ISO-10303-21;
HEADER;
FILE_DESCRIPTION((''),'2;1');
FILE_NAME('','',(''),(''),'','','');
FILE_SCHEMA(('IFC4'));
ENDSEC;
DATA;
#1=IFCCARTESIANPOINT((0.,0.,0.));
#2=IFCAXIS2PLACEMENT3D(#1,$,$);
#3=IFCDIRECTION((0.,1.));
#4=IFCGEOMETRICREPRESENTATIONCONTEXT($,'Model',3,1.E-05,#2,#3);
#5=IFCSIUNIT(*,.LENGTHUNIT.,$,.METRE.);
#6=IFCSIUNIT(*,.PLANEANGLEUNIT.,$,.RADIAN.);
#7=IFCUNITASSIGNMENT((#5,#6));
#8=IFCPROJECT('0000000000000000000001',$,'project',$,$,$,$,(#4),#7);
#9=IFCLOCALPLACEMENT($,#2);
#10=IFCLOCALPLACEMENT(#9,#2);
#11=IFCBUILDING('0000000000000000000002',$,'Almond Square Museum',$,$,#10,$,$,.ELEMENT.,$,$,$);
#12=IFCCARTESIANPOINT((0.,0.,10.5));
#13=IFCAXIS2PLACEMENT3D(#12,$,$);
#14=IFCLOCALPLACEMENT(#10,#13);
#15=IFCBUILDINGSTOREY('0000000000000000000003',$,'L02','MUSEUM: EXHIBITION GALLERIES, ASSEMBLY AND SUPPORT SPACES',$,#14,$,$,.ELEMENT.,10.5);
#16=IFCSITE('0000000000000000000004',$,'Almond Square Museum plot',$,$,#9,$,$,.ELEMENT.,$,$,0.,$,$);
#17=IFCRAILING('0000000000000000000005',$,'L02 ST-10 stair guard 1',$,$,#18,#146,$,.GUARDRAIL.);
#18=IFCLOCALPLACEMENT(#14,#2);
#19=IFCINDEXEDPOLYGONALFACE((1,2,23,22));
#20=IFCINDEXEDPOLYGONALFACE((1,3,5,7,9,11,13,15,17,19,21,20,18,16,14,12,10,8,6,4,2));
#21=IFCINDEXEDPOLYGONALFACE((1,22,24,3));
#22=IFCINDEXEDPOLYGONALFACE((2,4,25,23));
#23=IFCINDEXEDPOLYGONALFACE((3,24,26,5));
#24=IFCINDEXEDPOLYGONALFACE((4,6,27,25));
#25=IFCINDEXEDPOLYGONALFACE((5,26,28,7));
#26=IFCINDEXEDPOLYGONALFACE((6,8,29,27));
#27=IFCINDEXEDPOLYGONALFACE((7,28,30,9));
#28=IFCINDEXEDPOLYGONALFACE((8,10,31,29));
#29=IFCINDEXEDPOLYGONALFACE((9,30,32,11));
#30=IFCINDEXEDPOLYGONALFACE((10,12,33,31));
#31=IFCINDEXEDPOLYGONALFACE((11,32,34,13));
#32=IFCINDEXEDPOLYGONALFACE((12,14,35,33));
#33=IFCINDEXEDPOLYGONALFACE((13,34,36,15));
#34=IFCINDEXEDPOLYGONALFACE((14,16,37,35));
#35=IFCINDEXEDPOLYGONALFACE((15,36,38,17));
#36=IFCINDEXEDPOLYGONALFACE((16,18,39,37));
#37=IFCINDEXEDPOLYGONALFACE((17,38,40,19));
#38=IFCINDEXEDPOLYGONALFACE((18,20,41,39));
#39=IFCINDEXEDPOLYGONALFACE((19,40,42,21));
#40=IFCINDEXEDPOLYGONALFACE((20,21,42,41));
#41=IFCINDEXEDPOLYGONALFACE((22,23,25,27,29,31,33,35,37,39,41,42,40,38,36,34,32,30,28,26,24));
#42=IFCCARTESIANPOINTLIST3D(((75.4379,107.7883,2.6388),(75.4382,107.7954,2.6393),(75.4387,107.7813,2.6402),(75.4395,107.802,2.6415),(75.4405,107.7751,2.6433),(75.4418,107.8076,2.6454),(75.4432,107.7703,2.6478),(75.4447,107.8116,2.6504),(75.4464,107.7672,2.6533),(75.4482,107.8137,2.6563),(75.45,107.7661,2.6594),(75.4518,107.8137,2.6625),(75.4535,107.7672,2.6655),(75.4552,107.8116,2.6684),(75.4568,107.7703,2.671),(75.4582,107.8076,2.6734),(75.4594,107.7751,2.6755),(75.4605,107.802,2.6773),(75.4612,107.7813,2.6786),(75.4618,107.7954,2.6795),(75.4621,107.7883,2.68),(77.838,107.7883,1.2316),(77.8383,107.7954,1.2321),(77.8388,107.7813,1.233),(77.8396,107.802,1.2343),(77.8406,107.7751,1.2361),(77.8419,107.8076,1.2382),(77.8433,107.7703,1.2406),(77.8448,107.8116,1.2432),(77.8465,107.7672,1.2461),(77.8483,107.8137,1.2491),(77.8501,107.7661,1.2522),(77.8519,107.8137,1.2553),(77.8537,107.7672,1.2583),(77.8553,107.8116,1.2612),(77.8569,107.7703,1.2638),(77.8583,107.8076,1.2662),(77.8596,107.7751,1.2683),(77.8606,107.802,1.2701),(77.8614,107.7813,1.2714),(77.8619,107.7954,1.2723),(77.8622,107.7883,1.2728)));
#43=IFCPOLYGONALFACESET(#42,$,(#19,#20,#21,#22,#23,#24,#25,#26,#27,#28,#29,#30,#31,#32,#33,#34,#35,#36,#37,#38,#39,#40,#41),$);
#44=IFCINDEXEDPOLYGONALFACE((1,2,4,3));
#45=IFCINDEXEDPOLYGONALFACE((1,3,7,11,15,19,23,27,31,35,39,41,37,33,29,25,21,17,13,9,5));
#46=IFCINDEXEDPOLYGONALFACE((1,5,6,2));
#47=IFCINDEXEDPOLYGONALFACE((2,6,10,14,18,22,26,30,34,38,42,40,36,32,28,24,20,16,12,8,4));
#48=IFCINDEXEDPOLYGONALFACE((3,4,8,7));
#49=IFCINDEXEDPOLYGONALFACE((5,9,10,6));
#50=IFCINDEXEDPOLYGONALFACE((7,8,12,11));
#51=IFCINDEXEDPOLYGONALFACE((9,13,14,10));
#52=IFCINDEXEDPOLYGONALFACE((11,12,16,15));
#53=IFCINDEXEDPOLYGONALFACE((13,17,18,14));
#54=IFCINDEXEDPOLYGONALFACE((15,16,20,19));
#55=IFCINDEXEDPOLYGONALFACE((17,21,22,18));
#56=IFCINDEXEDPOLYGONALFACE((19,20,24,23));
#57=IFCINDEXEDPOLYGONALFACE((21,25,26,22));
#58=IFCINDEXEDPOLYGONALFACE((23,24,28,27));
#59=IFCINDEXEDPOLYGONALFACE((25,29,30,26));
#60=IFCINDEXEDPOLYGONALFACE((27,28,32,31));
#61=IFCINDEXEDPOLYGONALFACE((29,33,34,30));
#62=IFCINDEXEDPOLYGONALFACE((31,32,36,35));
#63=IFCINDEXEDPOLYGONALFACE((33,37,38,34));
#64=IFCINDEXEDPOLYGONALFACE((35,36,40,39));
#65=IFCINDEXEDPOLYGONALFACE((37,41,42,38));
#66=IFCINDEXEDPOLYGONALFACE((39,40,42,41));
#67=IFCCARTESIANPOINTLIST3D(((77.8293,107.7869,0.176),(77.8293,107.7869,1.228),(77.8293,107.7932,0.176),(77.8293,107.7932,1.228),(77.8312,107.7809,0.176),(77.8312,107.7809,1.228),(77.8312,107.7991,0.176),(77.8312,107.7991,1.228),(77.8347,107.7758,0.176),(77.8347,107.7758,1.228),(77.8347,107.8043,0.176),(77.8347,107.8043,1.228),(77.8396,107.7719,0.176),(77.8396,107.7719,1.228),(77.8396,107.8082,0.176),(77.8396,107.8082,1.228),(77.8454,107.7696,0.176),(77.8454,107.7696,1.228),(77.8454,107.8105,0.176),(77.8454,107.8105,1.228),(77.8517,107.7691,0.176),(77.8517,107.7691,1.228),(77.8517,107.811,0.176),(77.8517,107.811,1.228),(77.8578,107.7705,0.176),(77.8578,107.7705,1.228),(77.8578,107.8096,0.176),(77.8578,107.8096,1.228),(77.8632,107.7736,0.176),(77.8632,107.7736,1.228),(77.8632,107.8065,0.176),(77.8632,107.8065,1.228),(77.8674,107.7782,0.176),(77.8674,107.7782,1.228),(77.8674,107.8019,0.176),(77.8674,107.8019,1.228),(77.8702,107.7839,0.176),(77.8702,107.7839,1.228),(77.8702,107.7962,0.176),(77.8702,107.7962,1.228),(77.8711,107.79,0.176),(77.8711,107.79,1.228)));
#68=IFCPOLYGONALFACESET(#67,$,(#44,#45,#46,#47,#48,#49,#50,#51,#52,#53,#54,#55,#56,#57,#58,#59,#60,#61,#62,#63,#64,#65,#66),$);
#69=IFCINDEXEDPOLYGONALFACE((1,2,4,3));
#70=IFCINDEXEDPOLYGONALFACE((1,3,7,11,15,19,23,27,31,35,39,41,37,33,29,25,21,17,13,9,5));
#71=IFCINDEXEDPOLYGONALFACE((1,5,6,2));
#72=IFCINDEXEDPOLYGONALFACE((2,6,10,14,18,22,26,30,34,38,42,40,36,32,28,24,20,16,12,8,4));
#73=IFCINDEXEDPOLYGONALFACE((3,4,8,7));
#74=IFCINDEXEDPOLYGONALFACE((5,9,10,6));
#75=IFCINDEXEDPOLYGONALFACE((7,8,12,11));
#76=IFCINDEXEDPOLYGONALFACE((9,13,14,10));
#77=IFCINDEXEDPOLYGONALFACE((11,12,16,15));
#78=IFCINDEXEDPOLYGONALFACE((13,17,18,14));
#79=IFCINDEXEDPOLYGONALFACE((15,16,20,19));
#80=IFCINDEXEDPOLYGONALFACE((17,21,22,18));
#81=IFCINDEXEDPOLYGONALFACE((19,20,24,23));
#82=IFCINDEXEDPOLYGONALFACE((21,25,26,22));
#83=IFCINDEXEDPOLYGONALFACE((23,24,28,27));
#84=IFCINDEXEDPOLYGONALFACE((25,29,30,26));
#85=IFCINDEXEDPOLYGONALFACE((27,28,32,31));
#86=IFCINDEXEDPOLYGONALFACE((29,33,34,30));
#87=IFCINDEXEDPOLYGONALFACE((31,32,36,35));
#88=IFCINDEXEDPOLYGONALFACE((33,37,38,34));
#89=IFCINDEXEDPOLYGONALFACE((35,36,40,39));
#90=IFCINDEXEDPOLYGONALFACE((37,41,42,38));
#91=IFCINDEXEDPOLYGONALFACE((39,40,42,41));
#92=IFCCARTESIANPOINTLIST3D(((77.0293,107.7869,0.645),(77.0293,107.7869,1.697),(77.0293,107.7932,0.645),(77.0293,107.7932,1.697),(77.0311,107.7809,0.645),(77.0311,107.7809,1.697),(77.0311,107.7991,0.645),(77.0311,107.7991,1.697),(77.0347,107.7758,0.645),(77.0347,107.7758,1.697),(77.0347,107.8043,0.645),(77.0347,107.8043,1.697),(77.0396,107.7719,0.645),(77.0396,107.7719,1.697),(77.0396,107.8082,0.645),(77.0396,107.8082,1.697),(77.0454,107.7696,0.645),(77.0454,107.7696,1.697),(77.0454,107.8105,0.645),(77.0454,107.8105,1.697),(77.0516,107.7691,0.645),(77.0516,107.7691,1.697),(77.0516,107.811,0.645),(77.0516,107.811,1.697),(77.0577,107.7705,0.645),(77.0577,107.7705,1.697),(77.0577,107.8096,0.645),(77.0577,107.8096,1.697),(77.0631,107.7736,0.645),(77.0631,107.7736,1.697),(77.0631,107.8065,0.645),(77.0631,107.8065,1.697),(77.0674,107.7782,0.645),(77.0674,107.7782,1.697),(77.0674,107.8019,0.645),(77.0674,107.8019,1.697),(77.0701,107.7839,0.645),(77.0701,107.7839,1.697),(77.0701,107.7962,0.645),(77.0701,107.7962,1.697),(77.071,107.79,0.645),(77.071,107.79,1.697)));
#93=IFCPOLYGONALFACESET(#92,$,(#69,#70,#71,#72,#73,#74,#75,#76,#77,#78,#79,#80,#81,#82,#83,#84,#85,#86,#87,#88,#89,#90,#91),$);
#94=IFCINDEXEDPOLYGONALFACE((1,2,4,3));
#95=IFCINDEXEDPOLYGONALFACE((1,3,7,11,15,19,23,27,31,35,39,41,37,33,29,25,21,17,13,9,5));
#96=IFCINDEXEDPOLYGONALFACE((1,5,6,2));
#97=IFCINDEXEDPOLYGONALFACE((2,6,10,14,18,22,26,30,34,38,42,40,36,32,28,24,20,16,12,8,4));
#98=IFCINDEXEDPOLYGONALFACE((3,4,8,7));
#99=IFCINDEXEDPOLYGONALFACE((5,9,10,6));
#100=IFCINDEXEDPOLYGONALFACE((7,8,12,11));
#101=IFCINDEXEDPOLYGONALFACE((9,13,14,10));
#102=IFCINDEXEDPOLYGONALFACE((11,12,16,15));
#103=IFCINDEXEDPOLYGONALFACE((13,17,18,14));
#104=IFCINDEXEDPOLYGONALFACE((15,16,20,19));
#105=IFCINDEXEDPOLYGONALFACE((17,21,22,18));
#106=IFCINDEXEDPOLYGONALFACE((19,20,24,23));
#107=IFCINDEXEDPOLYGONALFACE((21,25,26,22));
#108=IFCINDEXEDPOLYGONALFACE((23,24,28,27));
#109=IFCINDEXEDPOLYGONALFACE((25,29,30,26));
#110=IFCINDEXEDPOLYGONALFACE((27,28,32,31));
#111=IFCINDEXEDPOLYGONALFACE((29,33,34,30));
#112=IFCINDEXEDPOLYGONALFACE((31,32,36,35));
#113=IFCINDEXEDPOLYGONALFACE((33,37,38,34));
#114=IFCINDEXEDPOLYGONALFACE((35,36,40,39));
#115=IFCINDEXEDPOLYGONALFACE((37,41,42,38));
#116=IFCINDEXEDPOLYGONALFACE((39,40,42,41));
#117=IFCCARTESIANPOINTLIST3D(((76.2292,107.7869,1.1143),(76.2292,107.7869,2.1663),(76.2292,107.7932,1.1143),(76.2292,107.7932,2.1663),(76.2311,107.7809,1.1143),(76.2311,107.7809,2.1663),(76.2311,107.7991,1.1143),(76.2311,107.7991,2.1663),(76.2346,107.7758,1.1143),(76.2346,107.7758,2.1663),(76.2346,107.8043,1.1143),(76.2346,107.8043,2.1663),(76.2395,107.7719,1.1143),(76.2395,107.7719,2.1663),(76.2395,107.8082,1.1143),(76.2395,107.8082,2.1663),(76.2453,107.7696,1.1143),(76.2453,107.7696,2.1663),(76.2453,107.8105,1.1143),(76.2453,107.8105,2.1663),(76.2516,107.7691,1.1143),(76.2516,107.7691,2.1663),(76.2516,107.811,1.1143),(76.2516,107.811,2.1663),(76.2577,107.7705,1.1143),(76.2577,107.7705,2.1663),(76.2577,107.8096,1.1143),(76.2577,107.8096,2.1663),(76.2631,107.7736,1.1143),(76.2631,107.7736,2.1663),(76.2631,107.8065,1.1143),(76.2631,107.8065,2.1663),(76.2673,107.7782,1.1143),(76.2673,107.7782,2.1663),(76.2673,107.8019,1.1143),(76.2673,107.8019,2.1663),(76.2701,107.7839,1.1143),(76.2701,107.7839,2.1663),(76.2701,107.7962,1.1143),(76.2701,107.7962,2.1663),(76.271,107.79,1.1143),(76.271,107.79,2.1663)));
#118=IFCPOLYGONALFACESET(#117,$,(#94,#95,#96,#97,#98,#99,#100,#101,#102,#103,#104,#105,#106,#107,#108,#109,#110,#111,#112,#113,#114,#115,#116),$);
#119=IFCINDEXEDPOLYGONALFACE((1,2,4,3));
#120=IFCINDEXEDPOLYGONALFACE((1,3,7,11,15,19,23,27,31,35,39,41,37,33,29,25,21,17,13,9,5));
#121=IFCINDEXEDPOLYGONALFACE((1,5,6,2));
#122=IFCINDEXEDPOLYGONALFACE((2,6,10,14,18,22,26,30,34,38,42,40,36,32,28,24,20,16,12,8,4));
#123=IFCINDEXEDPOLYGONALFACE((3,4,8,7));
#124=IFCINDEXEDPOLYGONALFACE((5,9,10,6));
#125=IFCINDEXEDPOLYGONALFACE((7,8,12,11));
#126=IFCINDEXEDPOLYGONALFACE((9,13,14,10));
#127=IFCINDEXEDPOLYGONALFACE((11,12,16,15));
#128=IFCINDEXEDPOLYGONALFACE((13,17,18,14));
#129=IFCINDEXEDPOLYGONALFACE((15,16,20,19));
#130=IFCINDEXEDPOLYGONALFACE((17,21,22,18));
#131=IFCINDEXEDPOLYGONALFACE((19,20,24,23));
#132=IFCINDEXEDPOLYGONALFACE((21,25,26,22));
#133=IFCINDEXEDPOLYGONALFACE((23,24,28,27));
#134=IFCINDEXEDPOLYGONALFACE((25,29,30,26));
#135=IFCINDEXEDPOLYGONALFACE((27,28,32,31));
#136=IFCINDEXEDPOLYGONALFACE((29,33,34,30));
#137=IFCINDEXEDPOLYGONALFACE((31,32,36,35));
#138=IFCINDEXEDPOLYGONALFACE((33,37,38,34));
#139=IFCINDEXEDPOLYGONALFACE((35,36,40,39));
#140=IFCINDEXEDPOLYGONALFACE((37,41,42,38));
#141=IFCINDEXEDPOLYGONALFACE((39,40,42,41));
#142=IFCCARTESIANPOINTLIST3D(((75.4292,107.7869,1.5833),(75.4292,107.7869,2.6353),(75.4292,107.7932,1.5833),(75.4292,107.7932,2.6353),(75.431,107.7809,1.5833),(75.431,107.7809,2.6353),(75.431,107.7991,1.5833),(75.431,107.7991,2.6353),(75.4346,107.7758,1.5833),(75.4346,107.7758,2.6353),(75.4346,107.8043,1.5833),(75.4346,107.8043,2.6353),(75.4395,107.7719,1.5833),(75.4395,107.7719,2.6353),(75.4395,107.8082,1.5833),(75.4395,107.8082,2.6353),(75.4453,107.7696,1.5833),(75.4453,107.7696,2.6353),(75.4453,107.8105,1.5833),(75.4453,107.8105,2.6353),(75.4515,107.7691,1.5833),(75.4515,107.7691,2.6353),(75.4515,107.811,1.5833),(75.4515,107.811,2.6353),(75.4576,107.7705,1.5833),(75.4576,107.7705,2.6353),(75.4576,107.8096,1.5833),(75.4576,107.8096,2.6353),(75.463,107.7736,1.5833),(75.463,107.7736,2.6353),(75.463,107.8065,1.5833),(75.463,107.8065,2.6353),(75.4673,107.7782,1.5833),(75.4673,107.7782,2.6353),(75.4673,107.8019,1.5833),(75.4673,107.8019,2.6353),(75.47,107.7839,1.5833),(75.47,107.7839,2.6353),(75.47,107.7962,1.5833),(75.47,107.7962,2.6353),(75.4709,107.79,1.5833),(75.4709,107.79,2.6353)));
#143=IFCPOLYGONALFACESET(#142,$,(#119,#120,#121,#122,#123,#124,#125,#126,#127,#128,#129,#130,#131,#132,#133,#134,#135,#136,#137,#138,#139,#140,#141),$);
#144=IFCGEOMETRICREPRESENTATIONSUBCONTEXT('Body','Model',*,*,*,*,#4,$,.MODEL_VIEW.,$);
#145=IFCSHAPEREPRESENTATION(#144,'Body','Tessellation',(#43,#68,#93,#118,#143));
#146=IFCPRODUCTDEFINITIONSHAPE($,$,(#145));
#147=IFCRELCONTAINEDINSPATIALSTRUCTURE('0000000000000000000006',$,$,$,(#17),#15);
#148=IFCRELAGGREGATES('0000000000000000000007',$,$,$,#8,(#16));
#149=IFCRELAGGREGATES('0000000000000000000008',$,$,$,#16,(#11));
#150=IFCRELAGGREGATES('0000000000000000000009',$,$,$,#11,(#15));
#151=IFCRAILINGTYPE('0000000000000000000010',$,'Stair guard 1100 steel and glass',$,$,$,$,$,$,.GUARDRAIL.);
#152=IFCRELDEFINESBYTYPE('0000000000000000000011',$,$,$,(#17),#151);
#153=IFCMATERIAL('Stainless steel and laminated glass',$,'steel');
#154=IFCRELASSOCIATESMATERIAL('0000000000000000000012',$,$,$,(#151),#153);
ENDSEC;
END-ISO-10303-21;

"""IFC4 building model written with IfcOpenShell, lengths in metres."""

from ifc_helpers import new_model, si_unit, direction, frame, origin, origin_2d, place, context, subcontext, project, spatial, circle, extrude, material, type_object, element, save


model = new_model("IFC4")

# Units and contexts
model_context = context("Model", 3, precision=1e-05, world=origin(), true_north=direction((0.0, 1.0)))
body_context = subcontext(model_context, "Body", "Model", "MODEL_VIEW")
ifc_project = project(units=[si_unit("LENGTHUNIT", "METRE"), si_unit("PLANEANGLEUNIT", "RADIAN")], contexts=[model_context])

# Site, building, storey
site_placement = place(None, origin())
site = spatial("IfcSite", under=ifc_project, at=site_placement, Name="Almond Square Museum plot", CompositionType="ELEMENT", RefElevation=0.0)
building_placement = place(site_placement, origin())
building = spatial("IfcBuilding", under=site, at=building_placement, Name="Almond Square Museum", CompositionType="ELEMENT")
storey_placement = place(building_placement, frame((0.0, 0.0, 10.5)))
storey = spatial("IfcBuildingStorey", under=building, at=storey_placement, Name="L02", Description="MUSEUM: EXHIBITION GALLERIES, ASSEMBLY AND SUPPORT SPACES", CompositionType="ELEMENT", Elevation=10.5)

# Railing
ifc_material_1 = material(Name="Stainless steel and laminated glass", Category="steel")
railing_type_1 = type_object("IfcRailingType", Name="Stair guard 1100 steel and glass", PredefinedType="GUARDRAIL", material=ifc_material_1)
railing_1_placement = place(storey_placement, frame((77.8501, 107.79, 0.176)))
element("IfcRailing", 1, at=railing_1_placement, inside=storey, type_object=railing_type_1, Name="L02 ST-10 stair guard 1", PredefinedType="GUARDRAIL", context=body_context, shape_type="SweptSolid", body=[
    extrude(circle(Radius=0.0239, at=origin_2d()), frame((0.0, 0.0, 1.0762), z_axis=(-0.86266, 0.0, 0.505785), x_axis=(0.0, -1.0, 0.0)), (0.0, 0.0, 1.0), 2.7822),
    extrude(circle(Radius=0.021, at=origin_2d()), origin(), (0.0, 0.0, 1.0), 1.052),
    extrude(circle(Radius=0.021, at=origin_2d()), frame((-0.8, 0.0, 0.469)), (0.0, 0.0, 1.0), 1.052),
    extrude(circle(Radius=0.021, at=origin_2d()), frame((-1.6001, 0.0, 0.9382)), (0.0, 0.0, 1.0), 1.052),
    extrude(circle(Radius=0.021, at=origin_2d()), frame((-2.4001, 0.0, 1.4072)), (0.0, 0.0, 1.0), 1.052),
])

save(model, "model.ifc")
